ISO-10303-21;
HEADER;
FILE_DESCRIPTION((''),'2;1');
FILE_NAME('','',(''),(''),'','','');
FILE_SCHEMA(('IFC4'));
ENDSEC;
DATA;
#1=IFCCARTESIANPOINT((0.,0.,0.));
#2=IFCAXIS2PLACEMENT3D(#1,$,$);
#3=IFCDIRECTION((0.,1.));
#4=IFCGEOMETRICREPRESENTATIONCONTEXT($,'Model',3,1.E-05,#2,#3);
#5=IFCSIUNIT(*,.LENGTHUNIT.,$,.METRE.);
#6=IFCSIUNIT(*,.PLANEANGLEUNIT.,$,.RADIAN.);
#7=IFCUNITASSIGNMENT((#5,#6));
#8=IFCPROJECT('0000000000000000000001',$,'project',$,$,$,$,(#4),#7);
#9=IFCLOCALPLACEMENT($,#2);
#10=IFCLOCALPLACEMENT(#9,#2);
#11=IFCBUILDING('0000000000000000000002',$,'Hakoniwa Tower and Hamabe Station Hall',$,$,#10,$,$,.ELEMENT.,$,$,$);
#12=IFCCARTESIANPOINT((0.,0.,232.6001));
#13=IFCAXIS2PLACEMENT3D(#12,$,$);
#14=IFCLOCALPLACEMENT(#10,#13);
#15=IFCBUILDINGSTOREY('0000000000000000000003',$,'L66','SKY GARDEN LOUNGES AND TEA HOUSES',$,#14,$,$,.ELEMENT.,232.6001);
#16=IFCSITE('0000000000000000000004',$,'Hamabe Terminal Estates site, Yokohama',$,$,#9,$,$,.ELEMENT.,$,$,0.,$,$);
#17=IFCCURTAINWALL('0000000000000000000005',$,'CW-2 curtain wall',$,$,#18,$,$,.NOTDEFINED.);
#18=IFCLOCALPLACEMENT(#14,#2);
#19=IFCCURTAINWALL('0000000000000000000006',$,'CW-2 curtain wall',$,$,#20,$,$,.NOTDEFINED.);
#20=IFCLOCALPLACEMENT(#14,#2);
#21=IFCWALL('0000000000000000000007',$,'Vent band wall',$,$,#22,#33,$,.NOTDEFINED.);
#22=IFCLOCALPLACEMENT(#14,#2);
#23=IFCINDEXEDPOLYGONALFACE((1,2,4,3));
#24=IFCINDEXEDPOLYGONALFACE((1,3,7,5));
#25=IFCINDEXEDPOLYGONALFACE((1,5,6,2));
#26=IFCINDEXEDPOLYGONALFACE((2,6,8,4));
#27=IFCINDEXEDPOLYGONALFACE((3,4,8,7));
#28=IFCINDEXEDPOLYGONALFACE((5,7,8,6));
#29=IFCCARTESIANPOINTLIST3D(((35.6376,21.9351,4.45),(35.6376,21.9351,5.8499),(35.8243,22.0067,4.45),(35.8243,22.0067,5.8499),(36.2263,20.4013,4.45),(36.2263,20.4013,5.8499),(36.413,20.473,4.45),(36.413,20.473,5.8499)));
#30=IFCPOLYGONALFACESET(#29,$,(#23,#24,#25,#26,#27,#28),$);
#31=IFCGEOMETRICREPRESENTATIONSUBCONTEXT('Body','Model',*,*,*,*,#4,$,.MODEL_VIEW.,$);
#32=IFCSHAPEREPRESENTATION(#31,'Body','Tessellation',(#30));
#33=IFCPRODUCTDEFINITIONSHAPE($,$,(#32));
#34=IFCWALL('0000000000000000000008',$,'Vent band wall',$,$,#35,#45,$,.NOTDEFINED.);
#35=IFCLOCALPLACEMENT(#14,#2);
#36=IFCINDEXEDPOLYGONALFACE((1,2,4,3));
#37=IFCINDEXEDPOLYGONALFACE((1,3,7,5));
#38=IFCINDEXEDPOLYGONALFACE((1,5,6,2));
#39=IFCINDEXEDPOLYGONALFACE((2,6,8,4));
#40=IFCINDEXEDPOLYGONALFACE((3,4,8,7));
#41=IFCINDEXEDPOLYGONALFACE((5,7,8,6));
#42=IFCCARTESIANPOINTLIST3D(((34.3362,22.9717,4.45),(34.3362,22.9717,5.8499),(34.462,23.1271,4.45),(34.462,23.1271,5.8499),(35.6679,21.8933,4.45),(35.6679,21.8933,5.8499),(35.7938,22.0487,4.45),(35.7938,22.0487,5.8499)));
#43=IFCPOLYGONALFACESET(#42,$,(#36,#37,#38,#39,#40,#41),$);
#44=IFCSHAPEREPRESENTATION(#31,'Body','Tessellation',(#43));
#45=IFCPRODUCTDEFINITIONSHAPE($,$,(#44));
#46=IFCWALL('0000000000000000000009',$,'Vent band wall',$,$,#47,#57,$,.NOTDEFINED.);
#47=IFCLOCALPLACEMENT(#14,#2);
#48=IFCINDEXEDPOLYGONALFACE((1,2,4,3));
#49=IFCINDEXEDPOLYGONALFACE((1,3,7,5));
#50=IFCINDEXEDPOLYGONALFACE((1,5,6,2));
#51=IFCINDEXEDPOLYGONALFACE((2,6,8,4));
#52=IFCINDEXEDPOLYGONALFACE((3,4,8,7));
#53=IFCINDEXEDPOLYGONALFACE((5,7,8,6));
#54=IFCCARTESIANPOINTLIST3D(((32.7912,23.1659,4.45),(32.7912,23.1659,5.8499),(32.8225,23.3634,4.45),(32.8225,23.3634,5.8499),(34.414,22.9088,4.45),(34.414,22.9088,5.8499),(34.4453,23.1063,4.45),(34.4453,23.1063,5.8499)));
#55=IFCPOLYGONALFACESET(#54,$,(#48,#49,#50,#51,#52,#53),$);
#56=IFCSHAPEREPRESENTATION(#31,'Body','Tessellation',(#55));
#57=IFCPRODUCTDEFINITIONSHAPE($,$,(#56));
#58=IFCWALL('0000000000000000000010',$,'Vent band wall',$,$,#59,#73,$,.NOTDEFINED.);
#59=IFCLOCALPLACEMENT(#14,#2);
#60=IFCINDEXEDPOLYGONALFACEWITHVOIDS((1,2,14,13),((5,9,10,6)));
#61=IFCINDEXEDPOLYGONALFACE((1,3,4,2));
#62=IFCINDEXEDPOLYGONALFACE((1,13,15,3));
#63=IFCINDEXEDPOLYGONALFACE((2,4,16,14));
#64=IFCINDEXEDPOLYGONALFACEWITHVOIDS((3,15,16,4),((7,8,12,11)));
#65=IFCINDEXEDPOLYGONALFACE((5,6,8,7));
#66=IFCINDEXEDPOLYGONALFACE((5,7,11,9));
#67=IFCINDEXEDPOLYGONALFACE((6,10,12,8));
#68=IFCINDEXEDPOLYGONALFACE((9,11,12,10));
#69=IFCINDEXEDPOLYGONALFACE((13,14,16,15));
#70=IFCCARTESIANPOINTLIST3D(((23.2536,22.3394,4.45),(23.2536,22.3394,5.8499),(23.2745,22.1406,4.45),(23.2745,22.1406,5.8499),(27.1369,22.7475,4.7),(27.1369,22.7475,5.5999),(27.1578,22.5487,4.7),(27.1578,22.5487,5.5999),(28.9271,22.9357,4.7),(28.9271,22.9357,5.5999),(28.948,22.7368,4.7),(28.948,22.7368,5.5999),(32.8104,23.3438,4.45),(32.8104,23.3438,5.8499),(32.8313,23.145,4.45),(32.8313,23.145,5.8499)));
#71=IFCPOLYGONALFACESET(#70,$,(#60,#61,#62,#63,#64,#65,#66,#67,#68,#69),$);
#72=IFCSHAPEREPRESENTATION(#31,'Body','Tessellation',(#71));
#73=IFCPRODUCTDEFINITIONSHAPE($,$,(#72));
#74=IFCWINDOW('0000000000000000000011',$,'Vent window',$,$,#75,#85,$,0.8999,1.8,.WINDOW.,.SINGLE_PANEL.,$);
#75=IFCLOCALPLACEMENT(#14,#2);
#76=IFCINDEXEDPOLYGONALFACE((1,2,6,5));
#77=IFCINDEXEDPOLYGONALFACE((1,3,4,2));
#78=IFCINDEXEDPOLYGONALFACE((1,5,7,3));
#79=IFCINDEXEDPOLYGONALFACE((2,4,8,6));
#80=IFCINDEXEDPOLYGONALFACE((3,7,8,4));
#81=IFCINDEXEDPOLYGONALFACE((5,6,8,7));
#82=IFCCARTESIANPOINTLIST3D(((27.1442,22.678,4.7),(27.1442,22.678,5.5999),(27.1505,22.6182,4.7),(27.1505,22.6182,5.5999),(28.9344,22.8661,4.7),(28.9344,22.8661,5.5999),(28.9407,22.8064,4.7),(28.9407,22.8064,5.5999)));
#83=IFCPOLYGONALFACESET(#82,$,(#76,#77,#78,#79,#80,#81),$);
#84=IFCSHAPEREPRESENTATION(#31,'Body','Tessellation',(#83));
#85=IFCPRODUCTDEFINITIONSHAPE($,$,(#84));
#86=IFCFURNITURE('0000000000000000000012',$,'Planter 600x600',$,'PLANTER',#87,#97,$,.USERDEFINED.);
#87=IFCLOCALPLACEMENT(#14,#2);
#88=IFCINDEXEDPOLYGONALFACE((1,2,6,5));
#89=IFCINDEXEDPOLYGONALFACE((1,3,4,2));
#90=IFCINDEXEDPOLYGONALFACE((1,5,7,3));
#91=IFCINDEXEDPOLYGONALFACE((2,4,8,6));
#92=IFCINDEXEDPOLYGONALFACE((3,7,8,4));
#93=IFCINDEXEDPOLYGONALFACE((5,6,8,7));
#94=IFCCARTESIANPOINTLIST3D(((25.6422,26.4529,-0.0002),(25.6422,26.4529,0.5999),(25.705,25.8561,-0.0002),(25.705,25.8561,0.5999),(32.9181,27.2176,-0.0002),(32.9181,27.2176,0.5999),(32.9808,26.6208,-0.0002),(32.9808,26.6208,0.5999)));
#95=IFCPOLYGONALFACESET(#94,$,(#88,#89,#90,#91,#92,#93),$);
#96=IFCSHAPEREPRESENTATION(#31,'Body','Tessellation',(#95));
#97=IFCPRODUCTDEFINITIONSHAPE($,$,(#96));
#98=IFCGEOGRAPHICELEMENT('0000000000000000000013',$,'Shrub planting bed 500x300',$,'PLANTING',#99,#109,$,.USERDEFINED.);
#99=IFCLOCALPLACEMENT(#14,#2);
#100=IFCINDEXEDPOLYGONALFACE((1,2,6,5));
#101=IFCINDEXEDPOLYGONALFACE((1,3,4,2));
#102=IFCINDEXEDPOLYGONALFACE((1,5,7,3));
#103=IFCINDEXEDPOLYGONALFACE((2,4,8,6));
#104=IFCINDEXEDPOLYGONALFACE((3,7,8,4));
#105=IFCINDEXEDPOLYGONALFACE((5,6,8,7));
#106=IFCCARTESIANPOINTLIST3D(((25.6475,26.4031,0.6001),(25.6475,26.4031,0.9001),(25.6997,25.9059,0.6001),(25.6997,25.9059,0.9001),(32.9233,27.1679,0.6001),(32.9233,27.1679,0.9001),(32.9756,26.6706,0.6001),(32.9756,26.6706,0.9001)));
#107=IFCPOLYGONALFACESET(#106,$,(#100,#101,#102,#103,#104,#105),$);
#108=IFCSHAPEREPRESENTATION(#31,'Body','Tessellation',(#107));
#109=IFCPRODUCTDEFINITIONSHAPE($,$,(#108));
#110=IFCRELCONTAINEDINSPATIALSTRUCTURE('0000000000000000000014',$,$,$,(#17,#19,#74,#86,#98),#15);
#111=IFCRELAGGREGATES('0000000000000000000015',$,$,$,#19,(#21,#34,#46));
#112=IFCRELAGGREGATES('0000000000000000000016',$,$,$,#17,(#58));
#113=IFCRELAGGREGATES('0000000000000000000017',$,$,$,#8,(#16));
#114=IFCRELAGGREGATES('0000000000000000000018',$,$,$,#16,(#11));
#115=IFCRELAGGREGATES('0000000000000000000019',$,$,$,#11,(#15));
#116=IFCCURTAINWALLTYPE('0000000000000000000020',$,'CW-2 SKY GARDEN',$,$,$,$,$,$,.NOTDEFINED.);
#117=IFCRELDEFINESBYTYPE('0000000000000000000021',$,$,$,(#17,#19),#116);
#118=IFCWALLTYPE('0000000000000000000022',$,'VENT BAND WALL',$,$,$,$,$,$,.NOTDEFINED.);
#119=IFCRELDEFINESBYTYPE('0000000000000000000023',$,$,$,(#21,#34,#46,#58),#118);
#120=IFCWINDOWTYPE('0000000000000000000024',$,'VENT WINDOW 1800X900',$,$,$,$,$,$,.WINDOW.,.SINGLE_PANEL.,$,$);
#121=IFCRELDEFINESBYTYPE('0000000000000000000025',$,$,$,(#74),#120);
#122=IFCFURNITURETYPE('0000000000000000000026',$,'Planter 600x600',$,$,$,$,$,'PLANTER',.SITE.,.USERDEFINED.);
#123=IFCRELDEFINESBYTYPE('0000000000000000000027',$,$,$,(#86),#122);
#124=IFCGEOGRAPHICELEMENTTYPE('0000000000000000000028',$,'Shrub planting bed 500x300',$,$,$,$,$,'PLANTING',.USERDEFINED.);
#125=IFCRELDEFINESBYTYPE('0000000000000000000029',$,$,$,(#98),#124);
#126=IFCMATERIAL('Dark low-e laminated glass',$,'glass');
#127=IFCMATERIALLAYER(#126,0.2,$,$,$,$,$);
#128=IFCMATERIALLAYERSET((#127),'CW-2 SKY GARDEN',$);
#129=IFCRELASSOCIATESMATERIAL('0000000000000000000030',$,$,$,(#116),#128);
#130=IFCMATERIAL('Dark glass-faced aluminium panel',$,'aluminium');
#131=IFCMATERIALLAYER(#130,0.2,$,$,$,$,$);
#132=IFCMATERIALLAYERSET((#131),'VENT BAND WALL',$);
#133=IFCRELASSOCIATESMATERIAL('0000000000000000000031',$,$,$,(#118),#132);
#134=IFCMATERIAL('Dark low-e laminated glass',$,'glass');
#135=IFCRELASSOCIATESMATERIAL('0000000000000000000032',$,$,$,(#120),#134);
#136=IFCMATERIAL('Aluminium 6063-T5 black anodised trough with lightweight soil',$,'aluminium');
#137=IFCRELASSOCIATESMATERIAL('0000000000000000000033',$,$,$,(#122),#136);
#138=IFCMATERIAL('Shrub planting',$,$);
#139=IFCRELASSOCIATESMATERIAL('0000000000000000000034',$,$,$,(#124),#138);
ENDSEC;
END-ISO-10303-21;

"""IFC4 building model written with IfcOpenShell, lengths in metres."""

from ifc_helpers import new_model, si_unit, direction, frame, frame_2d, origin, origin_2d, place, context, subcontext, project, spatial, rectangle, extrude, material, layer, layer_set, type_object, element, fill, aggregate, save


model = new_model("IFC4")

# Units and contexts
model_context = context("Model", 3, precision=1e-05, world=origin(), true_north=direction((0.0, 1.0)))
body_context = subcontext(model_context, "Body", "Model", "MODEL_VIEW")
ifc_project = project(units=[si_unit("LENGTHUNIT", "METRE"), si_unit("PLANEANGLEUNIT", "RADIAN")], contexts=[model_context])

# Site, building, storey
site_placement = place(None, origin())
site = spatial("IfcSite", under=ifc_project, at=site_placement, Name="Hamabe Terminal Estates site, Yokohama", CompositionType="ELEMENT", RefElevation=0.0)
building_placement = place(site_placement, origin())
building = spatial("IfcBuilding", under=site, at=building_placement, Name="Hakoniwa Tower and Hamabe Station Hall", CompositionType="ELEMENT")
storey_placement = place(building_placement, frame((0.0, 0.0, 232.6001)))
storey = spatial("IfcBuildingStorey", under=building, at=storey_placement, Name="L66", Description="SKY GARDEN LOUNGES AND TEA HOUSES", CompositionType="ELEMENT", Elevation=232.6001)

# Curtain wall
ifc_material_1 = material(Name="Dark low-e laminated glass", Category="glass")
ifc_layer_1 = layer(ifc_material_1, 0.2)
ifc_layer_set_1 = layer_set([ifc_layer_1], Name="CW-2 SKY GARDEN")
curtain_wall_type = type_object("IfcCurtainWallType", Name="CW-2 SKY GARDEN", PredefinedType="NOTDEFINED", material=ifc_layer_set_1)
curtain_wall_1_placement = place(storey_placement, origin())
curtain_wall_1 = element("IfcCurtainWall", 1, at=curtain_wall_1_placement, inside=storey, type_object=curtain_wall_type, Name="CW-2 curtain wall", PredefinedType="NOTDEFINED")

# Curtain wall, walls
curtain_wall_2_placement = place(storey_placement, origin())
curtain_wall_2 = element("IfcCurtainWall", 2, at=curtain_wall_2_placement, inside=storey, type_object=curtain_wall_type, Name="CW-2 curtain wall", PredefinedType="NOTDEFINED")
ifc_material_2 = material(Name="Dark glass-faced aluminium panel", Category="aluminium")
ifc_layer_2 = layer(ifc_material_2, 0.2)
ifc_layer_set_2 = layer_set([ifc_layer_2], Name="VENT BAND WALL")
wall_type_1 = type_object("IfcWallType", Name="VENT BAND WALL", PredefinedType="NOTDEFINED", material=ifc_layer_set_2)
wall_1_placement = place(storey_placement, frame((36.3196, 20.4373, 4.45), z_axis=(0.0, 0.0, 1.0), x_axis=(-0.358312, 0.933602, 0.0)))
wall_1 = element("IfcWall", 3, at=wall_1_placement, type_object=wall_type_1, Name="Vent band wall", PredefinedType="NOTDEFINED", context=body_context, shape_type="SweptSolid", body=[
    extrude(rectangle(XDim=1.6428, YDim=0.2, at=frame_2d((0.8213, 0.0))), origin(), (0.0, 0.0, 1.0), 1.3999),
])
wall_2_placement = place(storey_placement, frame((35.731, 21.9709, 4.45), z_axis=(0.0, 0.0, 1.0), x_axis=(-0.777172, 0.629288, 0.0)))
wall_2 = element("IfcWall", 4, at=wall_2_placement, type_object=wall_type_1, Name="Vent band wall", PredefinedType="NOTDEFINED", context=body_context, shape_type="SweptSolid", body=[
    extrude(rectangle(XDim=1.7136, YDim=0.2, at=frame_2d((0.8569, 0.0))), origin(), (0.0, 0.0, 1.0), 1.3999),
])
wall_3_placement = place(storey_placement, frame((34.4297, 23.0076, 4.45), z_axis=(0.0, 0.0, 1.0), x_axis=(-0.987683, 0.156466, 0.0)))
wall_3 = element("IfcWall", 5, at=wall_3_placement, type_object=wall_type_1, Name="Vent band wall", PredefinedType="NOTDEFINED", context=body_context, shape_type="SweptSolid", body=[
    extrude(rectangle(XDim=1.6431, YDim=0.2, at=frame_2d((0.8215, 0.0))), origin(), (0.0, 0.0, 1.0), 1.3999),
])
aggregate(curtain_wall_2, [wall_1, wall_2, wall_3])

# Wall, opening, window
wall_4_placement = place(storey_placement, frame((32.8208, 23.2444, 4.45), z_axis=(0.0, 0.0, 1.0), x_axis=(-0.994522, -0.104523, 0.0)))
wall_4 = element("IfcWall", 6, at=wall_4_placement, type_object=wall_type_1, Name="Vent band wall", PredefinedType="NOTDEFINED", context=body_context, shape_type="SweptSolid", body=[
    extrude(rectangle(XDim=9.6094, YDim=0.2, at=frame_2d((4.8047, 0.0))), origin(), (0.0, 0.0, 1.0), 1.3999),
])
opening_1_placement = place(wall_4_placement, frame((3.9048, 0.0, 0.25)))
opening_1 = element("IfcOpeningElement", 7, at=opening_1_placement, cuts=wall_4, PredefinedType="OPENING", context=body_context, shape_type="SweptSolid", body=[
    extrude(rectangle(XDim=1.8, YDim=0.8999, at=frame_2d((0.8999, 0.45))), frame((0.0, 0.1099, 0.0), z_axis=(0.0, -1.0, 0.0), x_axis=(1.0, 0.0, 0.0)), (0.0, 0.0, 1.0), 0.22),
])
ifc_material_3 = material(Name="Dark low-e laminated glass", Category="glass")
window_type = type_object("IfcWindowType", Name="VENT WINDOW 1800X900", PartitioningType="SINGLE_PANEL", PredefinedType="WINDOW", material=ifc_material_3)
window_placement = place(opening_1_placement, origin())
window = element("IfcWindow", 8, at=window_placement, inside=storey, type_object=window_type, Name="Vent window", OverallHeight=0.8999, OverallWidth=1.8, PartitioningType="SINGLE_PANEL", PredefinedType="WINDOW", context=body_context, shape_type="SweptSolid", body=[
    extrude(rectangle(XDim=1.8, YDim=0.8999, at=frame_2d((0.8999, 0.45))), frame((0.0, 0.03, 0.0), z_axis=(0.0, -1.0, 0.0), x_axis=(1.0, 0.0, 0.0)), (0.0, 0.0, 1.0), 0.0601),
])
fill(opening_1, window)
aggregate(curtain_wall_1, [wall_4])

# Furniture
ifc_material_4 = material(Name="Aluminium 6063-T5 black anodised trough with lightweight soil", Category="aluminium")
furniture_type = type_object("IfcFurnitureType", Name="Planter 600x600", ElementType="PLANTER", AssemblyPlace="SITE", PredefinedType="USERDEFINED", material=ifc_material_4)
furniture_placement = place(storey_placement, frame((29.3115, 26.5369, -0.0002), z_axis=(0.0, 0.0, 1.0), x_axis=(-0.994522, -0.104528, 0.0)))
element("IfcFurniture", 9, at=furniture_placement, inside=storey, type_object=furniture_type, Name="Planter 600x600", ObjectType="PLANTER", PredefinedType="USERDEFINED", context=body_context, shape_type="SweptSolid", body=[
    extrude(rectangle(XDim=7.3159, YDim=0.6001, at=origin_2d()), origin(), (0.0, 0.0, 1.0), 0.6001),
])

# Geographic element
ifc_material_5 = material(Name="Shrub planting")
geographic_element_type = type_object("IfcGeographicElementType", Name="Shrub planting bed 500x300", ElementType="PLANTING", PredefinedType="USERDEFINED", material=ifc_material_5)
geographic_element_placement = place(storey_placement, frame((29.3115, 26.5369, 0.6001), z_axis=(0.0, 0.0, 1.0), x_axis=(-0.994522, -0.104528, 0.0)))
element("IfcGeographicElement", 10, at=geographic_element_placement, inside=storey, type_object=geographic_element_type, Name="Shrub planting bed 500x300", ObjectType="PLANTING", PredefinedType="USERDEFINED", context=body_context, shape_type="SweptSolid", body=[
    extrude(rectangle(XDim=7.3159, YDim=0.5, at=origin_2d()), origin(), (0.0, 0.0, 1.0), 0.3),
])

save(model, "model.ifc")
